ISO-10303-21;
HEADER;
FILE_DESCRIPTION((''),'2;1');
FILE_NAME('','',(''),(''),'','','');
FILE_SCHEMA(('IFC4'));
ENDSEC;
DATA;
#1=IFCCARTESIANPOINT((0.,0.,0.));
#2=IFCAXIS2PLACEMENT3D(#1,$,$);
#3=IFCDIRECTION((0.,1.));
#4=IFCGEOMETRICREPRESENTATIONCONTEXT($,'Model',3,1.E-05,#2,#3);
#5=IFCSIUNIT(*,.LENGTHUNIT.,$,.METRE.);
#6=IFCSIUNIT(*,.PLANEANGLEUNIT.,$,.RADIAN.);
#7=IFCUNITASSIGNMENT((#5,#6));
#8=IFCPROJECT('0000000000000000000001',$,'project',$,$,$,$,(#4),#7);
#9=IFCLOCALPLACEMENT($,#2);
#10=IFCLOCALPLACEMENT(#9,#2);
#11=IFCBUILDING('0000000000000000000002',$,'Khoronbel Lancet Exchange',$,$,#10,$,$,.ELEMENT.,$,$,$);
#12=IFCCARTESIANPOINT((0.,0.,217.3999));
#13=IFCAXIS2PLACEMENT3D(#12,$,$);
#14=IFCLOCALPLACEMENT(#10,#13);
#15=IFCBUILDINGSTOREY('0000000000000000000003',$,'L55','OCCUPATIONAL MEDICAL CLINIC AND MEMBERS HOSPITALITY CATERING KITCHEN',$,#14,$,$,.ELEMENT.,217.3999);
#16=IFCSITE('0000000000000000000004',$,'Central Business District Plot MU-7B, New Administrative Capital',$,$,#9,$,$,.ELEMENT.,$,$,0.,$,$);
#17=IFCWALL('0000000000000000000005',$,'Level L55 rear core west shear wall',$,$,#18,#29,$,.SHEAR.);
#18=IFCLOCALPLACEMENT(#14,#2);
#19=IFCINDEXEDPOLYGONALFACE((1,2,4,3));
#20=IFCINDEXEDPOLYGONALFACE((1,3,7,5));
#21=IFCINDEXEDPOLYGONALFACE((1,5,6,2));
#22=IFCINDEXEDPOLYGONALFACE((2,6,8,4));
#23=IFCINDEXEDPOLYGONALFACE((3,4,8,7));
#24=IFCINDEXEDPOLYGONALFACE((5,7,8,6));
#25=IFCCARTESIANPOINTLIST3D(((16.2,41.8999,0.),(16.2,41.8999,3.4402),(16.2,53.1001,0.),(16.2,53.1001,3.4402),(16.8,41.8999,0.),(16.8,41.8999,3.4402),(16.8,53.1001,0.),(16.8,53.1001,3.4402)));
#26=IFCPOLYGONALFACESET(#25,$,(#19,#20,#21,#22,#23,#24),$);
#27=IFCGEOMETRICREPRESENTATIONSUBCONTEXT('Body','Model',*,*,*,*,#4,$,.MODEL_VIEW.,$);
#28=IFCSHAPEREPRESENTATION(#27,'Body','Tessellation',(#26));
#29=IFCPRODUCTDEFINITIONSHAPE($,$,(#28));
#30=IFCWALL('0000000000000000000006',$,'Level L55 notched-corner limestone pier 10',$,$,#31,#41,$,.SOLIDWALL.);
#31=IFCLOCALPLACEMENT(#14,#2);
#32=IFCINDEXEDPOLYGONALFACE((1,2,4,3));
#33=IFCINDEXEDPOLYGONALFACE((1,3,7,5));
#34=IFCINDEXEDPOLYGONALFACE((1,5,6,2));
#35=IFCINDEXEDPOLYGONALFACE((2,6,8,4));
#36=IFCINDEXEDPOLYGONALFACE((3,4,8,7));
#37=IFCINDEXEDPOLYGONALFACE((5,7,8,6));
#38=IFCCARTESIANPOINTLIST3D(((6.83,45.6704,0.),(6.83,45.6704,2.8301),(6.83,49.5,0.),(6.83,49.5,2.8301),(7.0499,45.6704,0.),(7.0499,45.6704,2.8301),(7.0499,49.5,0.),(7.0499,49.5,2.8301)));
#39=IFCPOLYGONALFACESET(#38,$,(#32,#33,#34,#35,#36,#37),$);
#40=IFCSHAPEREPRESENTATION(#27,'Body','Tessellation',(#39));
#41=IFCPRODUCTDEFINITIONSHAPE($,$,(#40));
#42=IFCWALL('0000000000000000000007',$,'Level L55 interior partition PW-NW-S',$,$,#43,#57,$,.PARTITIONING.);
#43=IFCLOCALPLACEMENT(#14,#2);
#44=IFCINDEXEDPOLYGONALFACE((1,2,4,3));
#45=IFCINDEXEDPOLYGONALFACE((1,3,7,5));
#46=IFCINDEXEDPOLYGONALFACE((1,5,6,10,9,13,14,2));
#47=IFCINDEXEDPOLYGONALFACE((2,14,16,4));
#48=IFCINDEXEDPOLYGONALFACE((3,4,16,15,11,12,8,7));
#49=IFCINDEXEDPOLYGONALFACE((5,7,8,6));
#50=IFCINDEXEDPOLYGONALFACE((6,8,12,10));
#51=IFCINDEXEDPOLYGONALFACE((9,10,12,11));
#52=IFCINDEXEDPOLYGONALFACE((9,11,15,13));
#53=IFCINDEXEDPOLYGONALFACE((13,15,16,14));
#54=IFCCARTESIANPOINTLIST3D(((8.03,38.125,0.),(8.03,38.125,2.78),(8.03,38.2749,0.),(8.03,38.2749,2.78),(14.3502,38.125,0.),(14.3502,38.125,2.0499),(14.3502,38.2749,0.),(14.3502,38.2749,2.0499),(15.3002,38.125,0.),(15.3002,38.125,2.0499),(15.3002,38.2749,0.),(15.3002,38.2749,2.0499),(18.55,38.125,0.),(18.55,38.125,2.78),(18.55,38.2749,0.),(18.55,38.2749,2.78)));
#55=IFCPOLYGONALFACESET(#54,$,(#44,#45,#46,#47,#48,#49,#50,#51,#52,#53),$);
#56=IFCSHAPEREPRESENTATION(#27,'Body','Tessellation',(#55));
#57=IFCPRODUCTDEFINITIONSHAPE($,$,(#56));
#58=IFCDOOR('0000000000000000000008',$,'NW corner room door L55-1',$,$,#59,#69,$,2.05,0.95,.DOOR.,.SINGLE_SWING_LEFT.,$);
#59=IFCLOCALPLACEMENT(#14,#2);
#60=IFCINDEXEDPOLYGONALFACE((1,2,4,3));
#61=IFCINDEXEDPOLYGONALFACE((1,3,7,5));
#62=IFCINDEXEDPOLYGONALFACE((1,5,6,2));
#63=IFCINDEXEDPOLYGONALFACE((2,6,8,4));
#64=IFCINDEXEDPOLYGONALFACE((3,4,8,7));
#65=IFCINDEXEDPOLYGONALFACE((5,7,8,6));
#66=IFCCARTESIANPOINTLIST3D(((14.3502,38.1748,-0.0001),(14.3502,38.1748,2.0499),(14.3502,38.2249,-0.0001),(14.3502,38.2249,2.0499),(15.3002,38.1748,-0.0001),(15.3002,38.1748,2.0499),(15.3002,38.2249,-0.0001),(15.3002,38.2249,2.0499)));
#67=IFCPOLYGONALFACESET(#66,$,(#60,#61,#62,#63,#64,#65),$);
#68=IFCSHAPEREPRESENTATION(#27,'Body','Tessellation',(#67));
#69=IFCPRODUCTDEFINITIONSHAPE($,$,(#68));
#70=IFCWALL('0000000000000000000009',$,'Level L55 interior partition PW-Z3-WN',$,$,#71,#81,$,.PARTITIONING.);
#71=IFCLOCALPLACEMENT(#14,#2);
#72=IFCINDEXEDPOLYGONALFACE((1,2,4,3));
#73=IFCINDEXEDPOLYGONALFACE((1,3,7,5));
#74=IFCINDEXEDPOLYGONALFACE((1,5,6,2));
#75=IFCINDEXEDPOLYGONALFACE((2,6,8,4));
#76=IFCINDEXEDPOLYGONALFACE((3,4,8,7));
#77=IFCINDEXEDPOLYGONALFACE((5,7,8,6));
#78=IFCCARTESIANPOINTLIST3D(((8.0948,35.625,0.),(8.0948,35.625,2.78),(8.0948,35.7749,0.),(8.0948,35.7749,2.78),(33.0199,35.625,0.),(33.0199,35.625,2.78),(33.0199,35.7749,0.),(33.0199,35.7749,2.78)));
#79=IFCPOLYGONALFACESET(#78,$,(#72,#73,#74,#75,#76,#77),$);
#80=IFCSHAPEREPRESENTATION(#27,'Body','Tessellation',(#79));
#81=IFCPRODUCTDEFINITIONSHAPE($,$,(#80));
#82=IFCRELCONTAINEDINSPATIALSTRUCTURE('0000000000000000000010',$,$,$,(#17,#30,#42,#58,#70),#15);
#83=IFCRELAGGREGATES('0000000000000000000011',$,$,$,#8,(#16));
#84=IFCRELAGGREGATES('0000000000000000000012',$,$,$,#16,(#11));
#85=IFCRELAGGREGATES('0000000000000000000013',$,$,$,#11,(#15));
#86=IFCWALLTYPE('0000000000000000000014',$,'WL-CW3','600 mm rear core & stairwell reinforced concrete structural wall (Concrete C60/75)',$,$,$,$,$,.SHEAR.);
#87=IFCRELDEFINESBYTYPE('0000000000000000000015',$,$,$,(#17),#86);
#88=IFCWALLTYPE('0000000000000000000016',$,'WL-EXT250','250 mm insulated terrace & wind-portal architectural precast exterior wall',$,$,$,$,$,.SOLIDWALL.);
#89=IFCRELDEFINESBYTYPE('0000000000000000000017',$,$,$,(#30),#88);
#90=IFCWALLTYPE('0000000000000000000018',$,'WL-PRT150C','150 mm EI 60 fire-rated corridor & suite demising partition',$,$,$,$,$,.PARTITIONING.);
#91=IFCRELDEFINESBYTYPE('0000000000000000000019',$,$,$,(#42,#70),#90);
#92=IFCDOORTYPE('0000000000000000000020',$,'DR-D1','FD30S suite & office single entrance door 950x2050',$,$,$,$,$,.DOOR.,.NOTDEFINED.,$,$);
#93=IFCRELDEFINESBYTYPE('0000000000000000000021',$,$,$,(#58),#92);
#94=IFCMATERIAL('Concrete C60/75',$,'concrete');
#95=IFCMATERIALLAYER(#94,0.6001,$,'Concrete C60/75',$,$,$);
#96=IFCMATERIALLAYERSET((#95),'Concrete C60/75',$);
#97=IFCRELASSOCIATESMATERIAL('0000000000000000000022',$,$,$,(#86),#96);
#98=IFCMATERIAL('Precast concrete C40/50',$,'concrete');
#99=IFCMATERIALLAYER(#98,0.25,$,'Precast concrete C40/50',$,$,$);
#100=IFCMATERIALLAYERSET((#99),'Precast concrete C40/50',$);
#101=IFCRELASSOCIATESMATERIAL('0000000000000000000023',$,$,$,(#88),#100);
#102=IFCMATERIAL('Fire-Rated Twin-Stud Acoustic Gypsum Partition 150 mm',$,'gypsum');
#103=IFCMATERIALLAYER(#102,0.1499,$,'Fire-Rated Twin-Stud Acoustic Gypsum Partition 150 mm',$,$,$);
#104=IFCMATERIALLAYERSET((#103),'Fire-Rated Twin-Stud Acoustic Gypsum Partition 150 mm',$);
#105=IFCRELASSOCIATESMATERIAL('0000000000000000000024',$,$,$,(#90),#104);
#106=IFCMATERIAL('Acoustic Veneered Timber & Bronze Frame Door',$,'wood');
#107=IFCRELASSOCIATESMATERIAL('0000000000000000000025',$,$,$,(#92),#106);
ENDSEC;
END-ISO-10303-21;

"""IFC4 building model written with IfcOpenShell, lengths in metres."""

from ifc_helpers import new_model, si_unit, direction, frame, frame_2d, origin, place, context, subcontext, project, spatial, rectangle, extrude, material, layer, layer_set, type_object, element, fill, save


model = new_model("IFC4")

# Units and contexts
model_context = context("Model", 3, precision=1e-05, world=origin(), true_north=direction((0.0, 1.0)))
body_context = subcontext(model_context, "Body", "Model", "MODEL_VIEW")
ifc_project = project(units=[si_unit("LENGTHUNIT", "METRE"), si_unit("PLANEANGLEUNIT", "RADIAN")], contexts=[model_context])

# Site, building, storey
site_placement = place(None, origin())
site = spatial("IfcSite", under=ifc_project, at=site_placement, Name="Central Business District Plot MU-7B, New Administrative Capital", CompositionType="ELEMENT", RefElevation=0.0)
building_placement = place(site_placement, origin())
building = spatial("IfcBuilding", under=site, at=building_placement, Name="Khoronbel Lancet Exchange", CompositionType="ELEMENT")
storey_placement = place(building_placement, frame((0.0, 0.0, 217.3999)))
storey = spatial("IfcBuildingStorey", under=building, at=storey_placement, Name="L55", Description="OCCUPATIONAL MEDICAL CLINIC AND MEMBERS HOSPITALITY CATERING KITCHEN", CompositionType="ELEMENT", Elevation=217.3999)

# Walls
ifc_material_1 = material(Name="Concrete C60/75", Category="concrete")
ifc_layer_1 = layer(ifc_material_1, 0.6001, Name="Concrete C60/75")
ifc_layer_set_1 = layer_set([ifc_layer_1], Name="Concrete C60/75")
wall_type_1 = type_object("IfcWallType", Name="WL-CW3", Description="600 mm rear core & stairwell reinforced concrete structural wall (Concrete C60/75)", PredefinedType="SHEAR", material=ifc_layer_set_1)
wall_1_placement = place(storey_placement, frame((16.5, 41.8999, 0.0), z_axis=(0.0, 0.0, 1.0), x_axis=(0.0, 1.0, 0.0)))
element("IfcWall", 1, at=wall_1_placement, inside=storey, type_object=wall_type_1, Name="Level L55 rear core west shear wall", PredefinedType="SHEAR", context=body_context, shape_type="SweptSolid", body=[
    extrude(rectangle(XDim=11.2002, YDim=0.6001, at=frame_2d((5.6001, 0.0))), origin(), (0.0, 0.0, 1.0), 3.4402),
])
ifc_material_2 = material(Name="Precast concrete C40/50", Category="concrete")
ifc_layer_2 = layer(ifc_material_2, 0.25, Name="Precast concrete C40/50")
ifc_layer_set_2 = layer_set([ifc_layer_2], Name="Precast concrete C40/50")
wall_type_2 = type_object("IfcWallType", Name="WL-EXT250", Description="250 mm insulated terrace & wind-portal architectural precast exterior wall", PredefinedType="SOLIDWALL", material=ifc_layer_set_2)
wall_2_placement = place(storey_placement, frame((6.9399, 45.6704, 0.0), z_axis=(0.0, 0.0, 1.0), x_axis=(0.0, 1.0, 0.0)))
element("IfcWall", 2, at=wall_2_placement, inside=storey, type_object=wall_type_2, Name="Level L55 notched-corner limestone pier 10", PredefinedType="SOLIDWALL", context=body_context, shape_type="SweptSolid", body=[
    extrude(rectangle(XDim=3.8296, YDim=0.22, at=frame_2d((1.9148, 0.0))), origin(), (0.0, 0.0, 1.0), 2.8301),
])

# Wall, opening, door
ifc_material_3 = material(Name="Fire-Rated Twin-Stud Acoustic Gypsum Partition 150 mm", Category="gypsum")
ifc_layer_3 = layer(ifc_material_3, 0.1499, Name="Fire-Rated Twin-Stud Acoustic Gypsum Partition 150 mm")
ifc_layer_set_3 = layer_set([ifc_layer_3], Name="Fire-Rated Twin-Stud Acoustic Gypsum Partition 150 mm")
wall_type_3 = type_object("IfcWallType", Name="WL-PRT150C", Description="150 mm EI 60 fire-rated corridor & suite demising partition", PredefinedType="PARTITIONING", material=ifc_layer_set_3)
wall_3_placement = place(storey_placement, frame((8.03, 38.2, 0.0), z_axis=(0.0, 0.0, 1.0), x_axis=(1.0, 0.0, 0.0)))
wall_3 = element("IfcWall", 3, at=wall_3_placement, inside=storey, type_object=wall_type_3, Name="Level L55 interior partition PW-NW-S", PredefinedType="PARTITIONING", context=body_context, shape_type="SweptSolid", body=[
    extrude(rectangle(XDim=10.52, YDim=0.1499, at=frame_2d((5.26, 0.0))), origin(), (0.0, 0.0, 1.0), 2.78),
])
opening_1_placement = place(wall_3_placement, frame((6.3201, 0.0, 0.0)))
opening_1 = element("IfcOpeningElement", 4, at=opening_1_placement, cuts=wall_3, PredefinedType="OPENING", context=body_context, shape_type="SweptSolid", body=[
    extrude(rectangle(XDim=0.95, YDim=2.05, at=frame_2d((0.4751, 1.0249))), frame((0.0, 0.085, 0.0), z_axis=(0.0, -1.0, 0.0), x_axis=(1.0, 0.0, 0.0)), (0.0, 0.0, 1.0), 0.1699),
])
ifc_material_4 = material(Name="Acoustic Veneered Timber & Bronze Frame Door", Category="wood")
door_type_1 = type_object("IfcDoorType", Name="DR-D1", Description="FD30S suite & office single entrance door 950x2050", OperationType="NOTDEFINED", PredefinedType="DOOR", material=ifc_material_4)
door_1_placement = place(opening_1_placement, origin())
door_1 = element("IfcDoor", 5, at=door_1_placement, inside=storey, type_object=door_type_1, Name="NW corner room door L55-1", OperationType="SINGLE_SWING_LEFT", OverallHeight=2.05, OverallWidth=0.95, PredefinedType="DOOR", context=body_context, shape_type="SweptSolid", body=[
    extrude(rectangle(XDim=0.95, YDim=2.05, at=frame_2d((0.4751, 1.0249))), frame((0.0, 0.0249, 0.0), z_axis=(0.0, -1.0, 0.0), x_axis=(1.0, 0.0, 0.0)), (0.0, 0.0, 1.0), 0.05),
])
fill(opening_1, door_1)

# Wall
wall_4_placement = place(storey_placement, frame((8.095, 35.7, 0.0), z_axis=(0.0, 0.0, 1.0), x_axis=(1.0, 0.0, 0.0)))
element("IfcWall", 6, at=wall_4_placement, inside=storey, type_object=wall_type_3, Name="Level L55 interior partition PW-Z3-WN", PredefinedType="PARTITIONING", context=body_context, shape_type="SweptSolid", body=[
    extrude(rectangle(XDim=24.925, YDim=0.1499, at=frame_2d((12.4624, 0.0))), origin(), (0.0, 0.0, 1.0), 2.78),
])

save(model, "model.ifc")
